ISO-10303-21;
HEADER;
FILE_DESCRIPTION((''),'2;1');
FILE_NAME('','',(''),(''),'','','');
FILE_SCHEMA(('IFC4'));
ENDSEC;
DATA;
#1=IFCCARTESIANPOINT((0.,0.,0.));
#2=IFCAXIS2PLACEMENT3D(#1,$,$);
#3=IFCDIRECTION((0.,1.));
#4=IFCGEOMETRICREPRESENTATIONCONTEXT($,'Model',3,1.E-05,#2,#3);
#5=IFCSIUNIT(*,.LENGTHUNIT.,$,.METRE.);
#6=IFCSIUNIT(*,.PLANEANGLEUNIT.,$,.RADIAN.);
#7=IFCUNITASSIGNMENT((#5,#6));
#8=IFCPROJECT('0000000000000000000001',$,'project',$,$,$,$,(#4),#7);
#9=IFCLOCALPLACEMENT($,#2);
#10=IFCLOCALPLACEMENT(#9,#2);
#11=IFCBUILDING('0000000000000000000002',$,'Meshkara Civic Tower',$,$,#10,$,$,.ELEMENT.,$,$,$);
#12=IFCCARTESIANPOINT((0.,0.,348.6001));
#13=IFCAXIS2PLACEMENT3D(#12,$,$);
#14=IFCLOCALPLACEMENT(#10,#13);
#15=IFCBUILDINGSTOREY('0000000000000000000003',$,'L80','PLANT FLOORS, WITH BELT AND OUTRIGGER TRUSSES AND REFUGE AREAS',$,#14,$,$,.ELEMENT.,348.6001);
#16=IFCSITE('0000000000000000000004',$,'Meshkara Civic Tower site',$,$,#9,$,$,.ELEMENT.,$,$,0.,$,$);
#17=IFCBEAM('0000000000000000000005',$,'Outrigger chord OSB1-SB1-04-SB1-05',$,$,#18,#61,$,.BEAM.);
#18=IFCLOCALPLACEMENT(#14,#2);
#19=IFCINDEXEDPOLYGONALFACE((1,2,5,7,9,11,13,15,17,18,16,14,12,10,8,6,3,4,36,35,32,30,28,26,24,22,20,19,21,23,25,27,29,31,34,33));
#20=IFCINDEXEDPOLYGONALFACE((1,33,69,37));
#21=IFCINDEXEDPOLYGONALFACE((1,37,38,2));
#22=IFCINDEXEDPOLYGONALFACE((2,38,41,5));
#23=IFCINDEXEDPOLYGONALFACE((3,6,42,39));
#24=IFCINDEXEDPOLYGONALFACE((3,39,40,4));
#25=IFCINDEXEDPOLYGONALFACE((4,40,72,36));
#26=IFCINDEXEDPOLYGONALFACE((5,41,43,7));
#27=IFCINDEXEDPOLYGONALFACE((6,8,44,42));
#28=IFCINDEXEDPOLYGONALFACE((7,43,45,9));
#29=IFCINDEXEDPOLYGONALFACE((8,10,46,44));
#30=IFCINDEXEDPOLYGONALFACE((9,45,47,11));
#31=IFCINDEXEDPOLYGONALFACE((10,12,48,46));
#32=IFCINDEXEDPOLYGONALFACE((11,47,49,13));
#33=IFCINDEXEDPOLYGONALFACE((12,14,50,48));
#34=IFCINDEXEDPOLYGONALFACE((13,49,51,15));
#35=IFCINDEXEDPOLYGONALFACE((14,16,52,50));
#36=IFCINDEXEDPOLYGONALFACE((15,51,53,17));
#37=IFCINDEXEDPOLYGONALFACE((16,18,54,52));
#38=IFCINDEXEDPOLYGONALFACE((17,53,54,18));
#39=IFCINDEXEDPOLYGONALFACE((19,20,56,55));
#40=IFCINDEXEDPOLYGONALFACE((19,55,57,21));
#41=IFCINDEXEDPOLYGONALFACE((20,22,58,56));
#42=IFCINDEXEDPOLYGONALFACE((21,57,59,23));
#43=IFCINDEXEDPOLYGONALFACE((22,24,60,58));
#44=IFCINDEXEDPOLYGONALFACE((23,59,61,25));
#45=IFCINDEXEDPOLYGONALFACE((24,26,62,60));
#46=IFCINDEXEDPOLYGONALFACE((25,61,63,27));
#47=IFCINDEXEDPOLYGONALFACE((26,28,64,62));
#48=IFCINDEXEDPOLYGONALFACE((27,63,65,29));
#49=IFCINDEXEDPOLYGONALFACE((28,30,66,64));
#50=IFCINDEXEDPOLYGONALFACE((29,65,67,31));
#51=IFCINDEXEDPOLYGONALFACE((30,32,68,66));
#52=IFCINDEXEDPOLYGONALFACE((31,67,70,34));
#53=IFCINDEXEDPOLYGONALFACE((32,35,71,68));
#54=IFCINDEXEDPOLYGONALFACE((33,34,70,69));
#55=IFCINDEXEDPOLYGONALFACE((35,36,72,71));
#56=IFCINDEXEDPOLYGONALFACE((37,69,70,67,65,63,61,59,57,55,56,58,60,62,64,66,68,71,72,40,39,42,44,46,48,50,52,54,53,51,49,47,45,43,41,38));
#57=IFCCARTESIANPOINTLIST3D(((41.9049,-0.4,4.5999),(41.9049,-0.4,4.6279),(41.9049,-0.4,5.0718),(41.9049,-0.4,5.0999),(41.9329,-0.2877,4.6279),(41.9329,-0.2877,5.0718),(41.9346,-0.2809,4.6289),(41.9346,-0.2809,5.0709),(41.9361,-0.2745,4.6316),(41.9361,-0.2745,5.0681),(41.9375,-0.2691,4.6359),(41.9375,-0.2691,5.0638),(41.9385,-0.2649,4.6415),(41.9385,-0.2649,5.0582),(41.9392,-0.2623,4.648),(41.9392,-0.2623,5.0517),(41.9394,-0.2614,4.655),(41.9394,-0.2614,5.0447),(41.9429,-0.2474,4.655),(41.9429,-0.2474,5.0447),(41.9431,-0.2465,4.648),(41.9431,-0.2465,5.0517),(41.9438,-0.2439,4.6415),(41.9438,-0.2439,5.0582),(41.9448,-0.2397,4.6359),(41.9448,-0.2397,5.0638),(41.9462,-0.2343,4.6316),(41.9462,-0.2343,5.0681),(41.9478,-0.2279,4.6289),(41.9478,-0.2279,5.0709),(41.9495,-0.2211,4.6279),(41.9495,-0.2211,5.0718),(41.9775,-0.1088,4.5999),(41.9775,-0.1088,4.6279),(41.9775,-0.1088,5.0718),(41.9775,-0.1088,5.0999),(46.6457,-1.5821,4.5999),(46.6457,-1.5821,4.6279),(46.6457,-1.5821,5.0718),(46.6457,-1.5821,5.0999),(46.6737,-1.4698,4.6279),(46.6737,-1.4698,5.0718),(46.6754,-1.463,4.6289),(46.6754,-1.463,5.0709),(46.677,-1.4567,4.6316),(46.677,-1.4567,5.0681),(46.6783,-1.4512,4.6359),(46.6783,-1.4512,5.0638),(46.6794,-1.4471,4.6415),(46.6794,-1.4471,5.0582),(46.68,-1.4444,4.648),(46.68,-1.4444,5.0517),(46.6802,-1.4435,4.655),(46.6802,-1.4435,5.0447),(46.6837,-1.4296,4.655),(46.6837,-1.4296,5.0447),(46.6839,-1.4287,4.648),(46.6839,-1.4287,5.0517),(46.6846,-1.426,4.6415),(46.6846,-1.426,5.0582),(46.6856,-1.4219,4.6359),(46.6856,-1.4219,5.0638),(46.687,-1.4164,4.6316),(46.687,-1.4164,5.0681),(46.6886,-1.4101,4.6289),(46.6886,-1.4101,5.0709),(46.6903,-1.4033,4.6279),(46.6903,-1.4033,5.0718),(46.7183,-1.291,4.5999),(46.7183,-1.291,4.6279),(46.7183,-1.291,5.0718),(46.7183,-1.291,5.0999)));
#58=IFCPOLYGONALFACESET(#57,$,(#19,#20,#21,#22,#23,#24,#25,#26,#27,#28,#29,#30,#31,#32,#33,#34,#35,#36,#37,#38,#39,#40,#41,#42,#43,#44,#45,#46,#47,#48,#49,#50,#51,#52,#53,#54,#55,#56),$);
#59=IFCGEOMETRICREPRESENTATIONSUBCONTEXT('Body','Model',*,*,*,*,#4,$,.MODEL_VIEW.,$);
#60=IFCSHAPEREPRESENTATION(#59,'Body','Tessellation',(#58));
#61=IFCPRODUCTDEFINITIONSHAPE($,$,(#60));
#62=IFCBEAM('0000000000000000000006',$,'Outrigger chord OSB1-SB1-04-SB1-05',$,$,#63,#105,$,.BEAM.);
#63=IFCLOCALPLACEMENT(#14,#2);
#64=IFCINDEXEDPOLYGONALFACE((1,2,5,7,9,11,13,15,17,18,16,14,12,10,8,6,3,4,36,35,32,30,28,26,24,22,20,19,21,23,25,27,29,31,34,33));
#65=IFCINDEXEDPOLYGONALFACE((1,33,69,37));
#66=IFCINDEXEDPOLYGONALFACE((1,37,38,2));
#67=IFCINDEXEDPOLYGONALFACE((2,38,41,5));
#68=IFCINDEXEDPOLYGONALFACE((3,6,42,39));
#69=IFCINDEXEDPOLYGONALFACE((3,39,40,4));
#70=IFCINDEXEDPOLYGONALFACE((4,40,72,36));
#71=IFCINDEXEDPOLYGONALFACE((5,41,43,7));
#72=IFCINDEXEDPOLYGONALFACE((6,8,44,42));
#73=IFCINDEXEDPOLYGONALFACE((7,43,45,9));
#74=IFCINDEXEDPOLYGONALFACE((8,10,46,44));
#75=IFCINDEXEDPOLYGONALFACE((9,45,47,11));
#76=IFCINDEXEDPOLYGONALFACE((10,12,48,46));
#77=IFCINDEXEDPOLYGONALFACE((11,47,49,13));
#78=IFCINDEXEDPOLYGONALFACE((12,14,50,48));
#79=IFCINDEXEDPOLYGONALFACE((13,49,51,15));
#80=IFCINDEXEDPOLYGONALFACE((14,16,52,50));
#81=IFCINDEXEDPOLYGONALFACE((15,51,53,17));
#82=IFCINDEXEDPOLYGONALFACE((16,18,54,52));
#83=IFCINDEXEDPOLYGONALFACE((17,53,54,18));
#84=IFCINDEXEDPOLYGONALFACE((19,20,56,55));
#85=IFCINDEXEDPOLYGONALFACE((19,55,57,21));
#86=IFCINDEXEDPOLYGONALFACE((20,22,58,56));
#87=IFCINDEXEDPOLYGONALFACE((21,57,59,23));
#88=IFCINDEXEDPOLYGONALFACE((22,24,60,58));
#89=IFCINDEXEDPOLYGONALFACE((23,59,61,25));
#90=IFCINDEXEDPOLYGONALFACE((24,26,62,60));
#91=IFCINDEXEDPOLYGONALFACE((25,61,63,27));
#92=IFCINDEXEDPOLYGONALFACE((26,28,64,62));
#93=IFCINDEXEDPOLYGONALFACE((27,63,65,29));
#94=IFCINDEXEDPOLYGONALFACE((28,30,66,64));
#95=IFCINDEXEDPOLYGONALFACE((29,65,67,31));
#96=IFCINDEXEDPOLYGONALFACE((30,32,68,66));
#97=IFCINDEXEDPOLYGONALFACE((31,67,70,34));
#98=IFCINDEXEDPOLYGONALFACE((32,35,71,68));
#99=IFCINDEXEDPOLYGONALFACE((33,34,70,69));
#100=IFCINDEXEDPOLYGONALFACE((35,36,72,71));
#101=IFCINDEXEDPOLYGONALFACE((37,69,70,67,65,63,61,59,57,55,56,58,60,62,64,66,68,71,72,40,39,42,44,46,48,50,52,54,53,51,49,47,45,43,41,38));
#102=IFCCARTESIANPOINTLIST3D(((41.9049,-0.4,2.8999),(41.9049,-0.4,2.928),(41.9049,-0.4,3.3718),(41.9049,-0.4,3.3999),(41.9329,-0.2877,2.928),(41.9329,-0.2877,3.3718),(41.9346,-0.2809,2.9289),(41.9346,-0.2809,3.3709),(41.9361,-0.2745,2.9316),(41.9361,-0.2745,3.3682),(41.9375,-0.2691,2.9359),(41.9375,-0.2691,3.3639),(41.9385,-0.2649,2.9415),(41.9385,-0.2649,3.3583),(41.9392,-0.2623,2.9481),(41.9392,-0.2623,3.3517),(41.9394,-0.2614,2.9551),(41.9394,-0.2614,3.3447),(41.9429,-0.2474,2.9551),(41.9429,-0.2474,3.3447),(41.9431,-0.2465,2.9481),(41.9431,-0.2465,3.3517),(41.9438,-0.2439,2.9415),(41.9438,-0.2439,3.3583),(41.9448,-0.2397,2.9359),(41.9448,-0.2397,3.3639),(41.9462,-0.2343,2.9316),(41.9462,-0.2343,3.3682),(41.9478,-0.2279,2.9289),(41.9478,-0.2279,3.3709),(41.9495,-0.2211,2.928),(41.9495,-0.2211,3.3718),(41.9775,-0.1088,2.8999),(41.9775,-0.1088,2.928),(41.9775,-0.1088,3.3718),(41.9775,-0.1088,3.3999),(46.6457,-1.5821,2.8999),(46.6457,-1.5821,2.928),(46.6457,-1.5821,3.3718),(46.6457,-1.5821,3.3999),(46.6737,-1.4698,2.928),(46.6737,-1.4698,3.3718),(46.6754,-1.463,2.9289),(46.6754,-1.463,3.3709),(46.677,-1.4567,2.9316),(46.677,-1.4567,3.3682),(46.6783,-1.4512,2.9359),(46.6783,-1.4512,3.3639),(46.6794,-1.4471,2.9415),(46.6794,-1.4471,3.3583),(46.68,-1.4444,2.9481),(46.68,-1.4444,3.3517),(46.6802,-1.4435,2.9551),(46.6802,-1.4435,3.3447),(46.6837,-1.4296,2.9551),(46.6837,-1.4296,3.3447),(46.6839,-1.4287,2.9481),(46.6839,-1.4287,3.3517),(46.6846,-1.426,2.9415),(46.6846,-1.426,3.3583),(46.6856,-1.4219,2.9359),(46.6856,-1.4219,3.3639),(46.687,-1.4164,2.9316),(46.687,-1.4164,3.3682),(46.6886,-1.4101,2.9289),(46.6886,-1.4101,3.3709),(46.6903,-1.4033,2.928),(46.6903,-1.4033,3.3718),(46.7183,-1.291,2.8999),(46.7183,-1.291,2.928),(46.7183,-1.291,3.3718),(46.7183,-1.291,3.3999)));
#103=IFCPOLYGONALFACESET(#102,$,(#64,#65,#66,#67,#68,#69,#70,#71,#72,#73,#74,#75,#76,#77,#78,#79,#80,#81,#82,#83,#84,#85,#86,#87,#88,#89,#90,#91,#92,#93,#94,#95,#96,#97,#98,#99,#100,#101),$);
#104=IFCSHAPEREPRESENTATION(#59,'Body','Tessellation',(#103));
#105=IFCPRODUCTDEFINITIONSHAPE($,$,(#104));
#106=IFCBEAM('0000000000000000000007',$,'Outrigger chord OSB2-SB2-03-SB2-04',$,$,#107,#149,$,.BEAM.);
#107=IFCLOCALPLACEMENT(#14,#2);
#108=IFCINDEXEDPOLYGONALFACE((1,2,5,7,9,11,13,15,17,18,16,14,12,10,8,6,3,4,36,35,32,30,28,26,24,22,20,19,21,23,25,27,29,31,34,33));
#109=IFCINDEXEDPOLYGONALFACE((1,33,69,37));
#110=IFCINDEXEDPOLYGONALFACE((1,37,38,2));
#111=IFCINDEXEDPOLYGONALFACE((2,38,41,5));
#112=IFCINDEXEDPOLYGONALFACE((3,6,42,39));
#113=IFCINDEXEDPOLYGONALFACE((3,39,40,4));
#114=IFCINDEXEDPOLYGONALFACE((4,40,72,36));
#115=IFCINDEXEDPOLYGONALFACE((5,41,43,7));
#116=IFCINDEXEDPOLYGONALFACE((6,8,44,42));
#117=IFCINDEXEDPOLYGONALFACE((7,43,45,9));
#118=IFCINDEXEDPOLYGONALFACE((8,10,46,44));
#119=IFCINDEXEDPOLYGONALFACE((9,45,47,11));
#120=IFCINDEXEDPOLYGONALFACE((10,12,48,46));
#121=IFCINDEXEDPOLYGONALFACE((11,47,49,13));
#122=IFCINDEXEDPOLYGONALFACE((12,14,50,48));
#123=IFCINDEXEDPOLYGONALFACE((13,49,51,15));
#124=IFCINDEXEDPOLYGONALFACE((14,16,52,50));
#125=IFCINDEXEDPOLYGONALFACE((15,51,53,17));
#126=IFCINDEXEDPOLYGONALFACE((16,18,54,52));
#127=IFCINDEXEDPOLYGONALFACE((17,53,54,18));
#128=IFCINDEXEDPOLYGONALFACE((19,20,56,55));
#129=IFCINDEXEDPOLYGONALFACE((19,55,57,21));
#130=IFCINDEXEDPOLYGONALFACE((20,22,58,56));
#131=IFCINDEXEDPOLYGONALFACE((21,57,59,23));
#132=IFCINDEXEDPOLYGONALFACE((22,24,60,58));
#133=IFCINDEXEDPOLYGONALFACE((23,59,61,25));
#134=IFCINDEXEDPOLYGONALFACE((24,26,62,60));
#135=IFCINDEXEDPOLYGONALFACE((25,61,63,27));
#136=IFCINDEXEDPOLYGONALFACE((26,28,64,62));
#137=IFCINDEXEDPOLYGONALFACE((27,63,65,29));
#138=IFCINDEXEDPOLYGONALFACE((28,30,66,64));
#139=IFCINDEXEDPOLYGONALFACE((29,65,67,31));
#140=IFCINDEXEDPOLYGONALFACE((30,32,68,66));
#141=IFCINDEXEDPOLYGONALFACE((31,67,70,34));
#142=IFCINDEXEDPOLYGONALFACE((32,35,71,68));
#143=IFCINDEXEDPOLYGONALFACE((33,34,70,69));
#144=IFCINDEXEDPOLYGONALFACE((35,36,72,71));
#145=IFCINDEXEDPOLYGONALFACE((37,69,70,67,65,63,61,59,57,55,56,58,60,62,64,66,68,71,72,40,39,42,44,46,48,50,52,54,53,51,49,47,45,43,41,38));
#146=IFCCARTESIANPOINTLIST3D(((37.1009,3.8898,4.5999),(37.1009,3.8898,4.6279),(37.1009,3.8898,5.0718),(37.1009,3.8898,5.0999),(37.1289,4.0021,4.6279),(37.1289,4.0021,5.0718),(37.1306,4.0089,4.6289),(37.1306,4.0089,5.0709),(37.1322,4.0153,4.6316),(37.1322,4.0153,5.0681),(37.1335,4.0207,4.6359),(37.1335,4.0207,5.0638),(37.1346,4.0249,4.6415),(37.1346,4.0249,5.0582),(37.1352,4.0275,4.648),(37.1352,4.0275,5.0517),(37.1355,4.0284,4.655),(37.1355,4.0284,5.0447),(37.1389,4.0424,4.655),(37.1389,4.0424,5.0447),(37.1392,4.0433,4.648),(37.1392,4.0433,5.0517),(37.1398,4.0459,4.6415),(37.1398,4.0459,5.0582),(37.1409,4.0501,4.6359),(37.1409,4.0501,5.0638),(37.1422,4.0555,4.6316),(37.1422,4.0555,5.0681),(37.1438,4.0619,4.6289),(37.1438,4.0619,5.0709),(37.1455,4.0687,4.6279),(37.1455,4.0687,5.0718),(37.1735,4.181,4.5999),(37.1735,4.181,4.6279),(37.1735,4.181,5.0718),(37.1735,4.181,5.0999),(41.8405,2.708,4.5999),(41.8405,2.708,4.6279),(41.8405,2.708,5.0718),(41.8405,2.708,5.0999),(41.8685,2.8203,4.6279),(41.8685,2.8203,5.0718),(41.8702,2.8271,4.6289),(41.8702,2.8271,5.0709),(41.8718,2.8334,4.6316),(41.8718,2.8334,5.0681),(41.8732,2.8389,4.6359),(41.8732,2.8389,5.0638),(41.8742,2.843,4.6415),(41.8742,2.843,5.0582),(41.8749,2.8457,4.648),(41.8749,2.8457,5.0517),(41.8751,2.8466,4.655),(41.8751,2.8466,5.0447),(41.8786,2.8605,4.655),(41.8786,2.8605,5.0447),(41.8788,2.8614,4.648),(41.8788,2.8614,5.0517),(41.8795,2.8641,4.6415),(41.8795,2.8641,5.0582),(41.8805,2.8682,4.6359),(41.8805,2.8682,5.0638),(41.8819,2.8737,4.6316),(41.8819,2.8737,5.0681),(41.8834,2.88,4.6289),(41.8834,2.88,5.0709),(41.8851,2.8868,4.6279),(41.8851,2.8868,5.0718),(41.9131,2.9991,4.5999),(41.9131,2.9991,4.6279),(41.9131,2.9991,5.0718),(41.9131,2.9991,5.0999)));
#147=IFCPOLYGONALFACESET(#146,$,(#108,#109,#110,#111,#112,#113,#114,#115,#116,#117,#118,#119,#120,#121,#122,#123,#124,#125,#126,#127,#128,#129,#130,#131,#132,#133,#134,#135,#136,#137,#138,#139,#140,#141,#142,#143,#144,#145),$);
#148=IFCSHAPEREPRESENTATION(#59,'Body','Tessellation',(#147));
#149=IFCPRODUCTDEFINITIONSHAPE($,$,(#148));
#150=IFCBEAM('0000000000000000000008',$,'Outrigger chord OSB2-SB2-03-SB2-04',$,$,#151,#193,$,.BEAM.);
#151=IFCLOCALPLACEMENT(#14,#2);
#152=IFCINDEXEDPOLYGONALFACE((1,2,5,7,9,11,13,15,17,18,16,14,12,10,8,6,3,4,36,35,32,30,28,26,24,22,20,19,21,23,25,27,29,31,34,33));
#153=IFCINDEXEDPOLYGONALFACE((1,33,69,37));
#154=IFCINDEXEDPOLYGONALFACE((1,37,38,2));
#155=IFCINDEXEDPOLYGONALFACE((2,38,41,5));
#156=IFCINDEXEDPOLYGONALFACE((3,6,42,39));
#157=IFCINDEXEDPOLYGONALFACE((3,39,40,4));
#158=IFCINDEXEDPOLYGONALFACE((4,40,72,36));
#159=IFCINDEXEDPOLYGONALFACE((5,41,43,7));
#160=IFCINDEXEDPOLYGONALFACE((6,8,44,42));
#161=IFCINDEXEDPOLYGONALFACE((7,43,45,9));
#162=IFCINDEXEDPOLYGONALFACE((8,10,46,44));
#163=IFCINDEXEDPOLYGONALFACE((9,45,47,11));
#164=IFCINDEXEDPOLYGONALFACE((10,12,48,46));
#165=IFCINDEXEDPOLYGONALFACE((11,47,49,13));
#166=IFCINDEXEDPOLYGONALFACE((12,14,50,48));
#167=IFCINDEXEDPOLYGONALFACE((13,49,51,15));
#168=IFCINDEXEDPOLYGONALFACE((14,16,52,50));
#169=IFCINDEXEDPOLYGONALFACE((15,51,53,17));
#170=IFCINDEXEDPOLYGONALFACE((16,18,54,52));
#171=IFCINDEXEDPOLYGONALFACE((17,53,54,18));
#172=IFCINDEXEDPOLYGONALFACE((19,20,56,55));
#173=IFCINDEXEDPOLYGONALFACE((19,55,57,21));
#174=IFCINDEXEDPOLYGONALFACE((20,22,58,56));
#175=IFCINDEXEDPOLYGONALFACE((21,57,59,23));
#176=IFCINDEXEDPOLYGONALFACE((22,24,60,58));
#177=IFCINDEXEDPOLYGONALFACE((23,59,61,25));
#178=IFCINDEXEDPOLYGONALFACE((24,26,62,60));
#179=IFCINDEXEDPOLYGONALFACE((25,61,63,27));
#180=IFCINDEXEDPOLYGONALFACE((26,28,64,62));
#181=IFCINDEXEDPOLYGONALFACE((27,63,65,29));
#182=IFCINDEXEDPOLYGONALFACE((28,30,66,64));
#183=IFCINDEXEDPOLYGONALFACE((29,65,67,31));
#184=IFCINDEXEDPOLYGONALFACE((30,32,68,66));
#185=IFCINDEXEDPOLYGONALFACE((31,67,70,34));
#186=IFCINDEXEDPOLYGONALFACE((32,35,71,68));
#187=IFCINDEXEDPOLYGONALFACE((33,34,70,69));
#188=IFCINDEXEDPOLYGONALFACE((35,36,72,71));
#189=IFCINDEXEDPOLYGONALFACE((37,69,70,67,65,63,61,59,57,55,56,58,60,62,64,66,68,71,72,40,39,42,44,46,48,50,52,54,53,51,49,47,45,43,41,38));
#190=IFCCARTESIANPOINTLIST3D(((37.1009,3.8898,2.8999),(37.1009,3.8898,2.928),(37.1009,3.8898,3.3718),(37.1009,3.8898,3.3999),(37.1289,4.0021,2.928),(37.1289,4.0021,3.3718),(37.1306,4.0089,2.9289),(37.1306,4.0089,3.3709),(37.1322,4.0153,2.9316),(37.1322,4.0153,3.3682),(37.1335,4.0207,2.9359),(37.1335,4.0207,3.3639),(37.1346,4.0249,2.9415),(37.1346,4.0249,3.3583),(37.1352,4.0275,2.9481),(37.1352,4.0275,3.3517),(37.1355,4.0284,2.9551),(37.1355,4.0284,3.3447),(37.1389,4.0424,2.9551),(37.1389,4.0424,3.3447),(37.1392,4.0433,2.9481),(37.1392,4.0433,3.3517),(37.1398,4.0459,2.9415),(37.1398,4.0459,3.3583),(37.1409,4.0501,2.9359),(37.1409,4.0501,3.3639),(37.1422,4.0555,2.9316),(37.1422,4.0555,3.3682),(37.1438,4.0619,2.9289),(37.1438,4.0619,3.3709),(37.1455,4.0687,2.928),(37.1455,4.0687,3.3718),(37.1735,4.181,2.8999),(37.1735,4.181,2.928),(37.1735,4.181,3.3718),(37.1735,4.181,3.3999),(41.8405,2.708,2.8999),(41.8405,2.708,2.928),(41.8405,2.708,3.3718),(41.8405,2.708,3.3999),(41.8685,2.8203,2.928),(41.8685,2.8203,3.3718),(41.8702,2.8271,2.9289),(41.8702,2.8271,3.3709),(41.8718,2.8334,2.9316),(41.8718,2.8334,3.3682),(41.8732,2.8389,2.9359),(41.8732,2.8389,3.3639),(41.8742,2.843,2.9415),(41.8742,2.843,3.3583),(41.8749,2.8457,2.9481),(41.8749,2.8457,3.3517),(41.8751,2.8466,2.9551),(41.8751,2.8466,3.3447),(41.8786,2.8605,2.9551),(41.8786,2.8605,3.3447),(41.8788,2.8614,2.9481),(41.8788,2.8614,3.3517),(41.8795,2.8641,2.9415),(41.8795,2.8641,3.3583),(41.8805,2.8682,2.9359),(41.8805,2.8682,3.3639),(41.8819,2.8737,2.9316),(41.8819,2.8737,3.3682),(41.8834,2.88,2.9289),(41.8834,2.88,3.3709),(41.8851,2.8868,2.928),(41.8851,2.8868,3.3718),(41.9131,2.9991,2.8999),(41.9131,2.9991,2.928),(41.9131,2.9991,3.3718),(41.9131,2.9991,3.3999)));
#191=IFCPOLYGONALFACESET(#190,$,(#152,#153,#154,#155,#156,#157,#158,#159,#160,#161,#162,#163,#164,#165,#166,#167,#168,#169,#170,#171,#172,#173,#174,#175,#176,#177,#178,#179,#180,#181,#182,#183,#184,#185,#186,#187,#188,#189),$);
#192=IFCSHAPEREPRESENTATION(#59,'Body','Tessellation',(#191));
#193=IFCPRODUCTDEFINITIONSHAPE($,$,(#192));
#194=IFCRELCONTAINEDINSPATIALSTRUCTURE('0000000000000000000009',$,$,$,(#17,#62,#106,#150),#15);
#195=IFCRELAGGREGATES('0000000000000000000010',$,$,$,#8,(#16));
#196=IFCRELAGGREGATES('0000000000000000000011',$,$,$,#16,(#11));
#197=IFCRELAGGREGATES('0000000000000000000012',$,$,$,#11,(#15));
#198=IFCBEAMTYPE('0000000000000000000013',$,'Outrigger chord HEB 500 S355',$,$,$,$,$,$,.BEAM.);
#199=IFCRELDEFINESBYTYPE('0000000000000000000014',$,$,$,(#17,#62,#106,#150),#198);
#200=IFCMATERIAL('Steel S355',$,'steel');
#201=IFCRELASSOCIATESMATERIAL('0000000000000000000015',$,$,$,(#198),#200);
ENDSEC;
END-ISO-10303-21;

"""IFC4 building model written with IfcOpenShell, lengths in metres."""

from ifc_helpers import new_model, si_unit, direction, frame, origin, origin_2d, place, context, subcontext, project, spatial, i_section, extrude, material, material_profile, profile_set, type_object, element, save


model = new_model("IFC4")

# Units and contexts
model_context = context("Model", 3, precision=1e-05, world=origin(), true_north=direction((0.0, 1.0)))
body_context = subcontext(model_context, "Body", "Model", "MODEL_VIEW")
ifc_project = project(units=[si_unit("LENGTHUNIT", "METRE"), si_unit("PLANEANGLEUNIT", "RADIAN")], contexts=[model_context])

# Site, building, storey
site_placement = place(None, origin())
site = spatial("IfcSite", under=ifc_project, at=site_placement, Name="Meshkara Civic Tower site", CompositionType="ELEMENT", RefElevation=0.0)
building_placement = place(site_placement, origin())
building = spatial("IfcBuilding", under=site, at=building_placement, Name="Meshkara Civic Tower", CompositionType="ELEMENT")
storey_placement = place(building_placement, frame((0.0, 0.0, 348.6001)))
storey = spatial("IfcBuildingStorey", under=building, at=storey_placement, Name="L80", Description="PLANT FLOORS, WITH BELT AND OUTRIGGER TRUSSES AND REFUGE AREAS", CompositionType="ELEMENT", Elevation=348.6001)

# Beams
ifc_material_1 = material(Name="Steel S355", Category="steel")
ifc_material_profile_1 = material_profile(ifc_material_1, i_section(OverallWidth=0.3, OverallDepth=0.5, WebThickness=0.0144, FlangeThickness=0.0281, FilletRadius=0.0271, at=origin_2d()))
ifc_profile_set_1 = profile_set([ifc_material_profile_1], Name="Steel S355")
beam_type_1 = type_object("IfcBeamType", Name="Outrigger chord HEB 500 S355", PredefinedType="BEAM", material=ifc_profile_set_1)
for number, where, z_axis, x_axis, name in (
    (1, (41.9412, -0.2544, 4.8499), (0.970289, -0.241948, 0.0), (0.241948, 0.970289, 0.0), "Outrigger chord OSB1-SB1-04-SB1-05"),
    (2, (41.9412, -0.2544, 3.1499), (0.970289, -0.241948, 0.0), (0.241948, 0.970289, 0.0), "Outrigger chord OSB1-SB1-04-SB1-05"),
):
    element("IfcBeam", number, at=place(storey_placement, frame(where, z_axis=z_axis, x_axis=x_axis)), inside=storey, type_object=beam_type_1, Name=name, PredefinedType="BEAM", context=body_context, shape_type="SweptSolid", body=[
        extrude(i_section(OverallWidth=0.3, OverallDepth=0.5, WebThickness=0.0144, FlangeThickness=0.0281, FilletRadius=0.0271, at=origin_2d()), origin(), (0.0, 0.0, 1.0), 4.886),
    ])
for number, where, z_axis, x_axis, name in (
    (3, (37.1372, 4.0354, 4.8499), (0.970289, -0.241948, 0.0), (0.241948, 0.970289, 0.0), "Outrigger chord OSB2-SB2-03-SB2-04"),
    (4, (37.1372, 4.0354, 3.1499), (0.970289, -0.241948, 0.0), (0.241948, 0.970289, 0.0), "Outrigger chord OSB2-SB2-03-SB2-04"),
):
    element("IfcBeam", number, at=place(storey_placement, frame(where, z_axis=z_axis, x_axis=x_axis)), inside=storey, type_object=beam_type_1, Name=name, PredefinedType="BEAM", context=body_context, shape_type="SweptSolid", body=[
        extrude(i_section(OverallWidth=0.3, OverallDepth=0.5, WebThickness=0.0144, FlangeThickness=0.0281, FilletRadius=0.0271, at=origin_2d()), origin(), (0.0, 0.0, 1.0), 4.8848),
    ])

save(model, "model.ifc")
